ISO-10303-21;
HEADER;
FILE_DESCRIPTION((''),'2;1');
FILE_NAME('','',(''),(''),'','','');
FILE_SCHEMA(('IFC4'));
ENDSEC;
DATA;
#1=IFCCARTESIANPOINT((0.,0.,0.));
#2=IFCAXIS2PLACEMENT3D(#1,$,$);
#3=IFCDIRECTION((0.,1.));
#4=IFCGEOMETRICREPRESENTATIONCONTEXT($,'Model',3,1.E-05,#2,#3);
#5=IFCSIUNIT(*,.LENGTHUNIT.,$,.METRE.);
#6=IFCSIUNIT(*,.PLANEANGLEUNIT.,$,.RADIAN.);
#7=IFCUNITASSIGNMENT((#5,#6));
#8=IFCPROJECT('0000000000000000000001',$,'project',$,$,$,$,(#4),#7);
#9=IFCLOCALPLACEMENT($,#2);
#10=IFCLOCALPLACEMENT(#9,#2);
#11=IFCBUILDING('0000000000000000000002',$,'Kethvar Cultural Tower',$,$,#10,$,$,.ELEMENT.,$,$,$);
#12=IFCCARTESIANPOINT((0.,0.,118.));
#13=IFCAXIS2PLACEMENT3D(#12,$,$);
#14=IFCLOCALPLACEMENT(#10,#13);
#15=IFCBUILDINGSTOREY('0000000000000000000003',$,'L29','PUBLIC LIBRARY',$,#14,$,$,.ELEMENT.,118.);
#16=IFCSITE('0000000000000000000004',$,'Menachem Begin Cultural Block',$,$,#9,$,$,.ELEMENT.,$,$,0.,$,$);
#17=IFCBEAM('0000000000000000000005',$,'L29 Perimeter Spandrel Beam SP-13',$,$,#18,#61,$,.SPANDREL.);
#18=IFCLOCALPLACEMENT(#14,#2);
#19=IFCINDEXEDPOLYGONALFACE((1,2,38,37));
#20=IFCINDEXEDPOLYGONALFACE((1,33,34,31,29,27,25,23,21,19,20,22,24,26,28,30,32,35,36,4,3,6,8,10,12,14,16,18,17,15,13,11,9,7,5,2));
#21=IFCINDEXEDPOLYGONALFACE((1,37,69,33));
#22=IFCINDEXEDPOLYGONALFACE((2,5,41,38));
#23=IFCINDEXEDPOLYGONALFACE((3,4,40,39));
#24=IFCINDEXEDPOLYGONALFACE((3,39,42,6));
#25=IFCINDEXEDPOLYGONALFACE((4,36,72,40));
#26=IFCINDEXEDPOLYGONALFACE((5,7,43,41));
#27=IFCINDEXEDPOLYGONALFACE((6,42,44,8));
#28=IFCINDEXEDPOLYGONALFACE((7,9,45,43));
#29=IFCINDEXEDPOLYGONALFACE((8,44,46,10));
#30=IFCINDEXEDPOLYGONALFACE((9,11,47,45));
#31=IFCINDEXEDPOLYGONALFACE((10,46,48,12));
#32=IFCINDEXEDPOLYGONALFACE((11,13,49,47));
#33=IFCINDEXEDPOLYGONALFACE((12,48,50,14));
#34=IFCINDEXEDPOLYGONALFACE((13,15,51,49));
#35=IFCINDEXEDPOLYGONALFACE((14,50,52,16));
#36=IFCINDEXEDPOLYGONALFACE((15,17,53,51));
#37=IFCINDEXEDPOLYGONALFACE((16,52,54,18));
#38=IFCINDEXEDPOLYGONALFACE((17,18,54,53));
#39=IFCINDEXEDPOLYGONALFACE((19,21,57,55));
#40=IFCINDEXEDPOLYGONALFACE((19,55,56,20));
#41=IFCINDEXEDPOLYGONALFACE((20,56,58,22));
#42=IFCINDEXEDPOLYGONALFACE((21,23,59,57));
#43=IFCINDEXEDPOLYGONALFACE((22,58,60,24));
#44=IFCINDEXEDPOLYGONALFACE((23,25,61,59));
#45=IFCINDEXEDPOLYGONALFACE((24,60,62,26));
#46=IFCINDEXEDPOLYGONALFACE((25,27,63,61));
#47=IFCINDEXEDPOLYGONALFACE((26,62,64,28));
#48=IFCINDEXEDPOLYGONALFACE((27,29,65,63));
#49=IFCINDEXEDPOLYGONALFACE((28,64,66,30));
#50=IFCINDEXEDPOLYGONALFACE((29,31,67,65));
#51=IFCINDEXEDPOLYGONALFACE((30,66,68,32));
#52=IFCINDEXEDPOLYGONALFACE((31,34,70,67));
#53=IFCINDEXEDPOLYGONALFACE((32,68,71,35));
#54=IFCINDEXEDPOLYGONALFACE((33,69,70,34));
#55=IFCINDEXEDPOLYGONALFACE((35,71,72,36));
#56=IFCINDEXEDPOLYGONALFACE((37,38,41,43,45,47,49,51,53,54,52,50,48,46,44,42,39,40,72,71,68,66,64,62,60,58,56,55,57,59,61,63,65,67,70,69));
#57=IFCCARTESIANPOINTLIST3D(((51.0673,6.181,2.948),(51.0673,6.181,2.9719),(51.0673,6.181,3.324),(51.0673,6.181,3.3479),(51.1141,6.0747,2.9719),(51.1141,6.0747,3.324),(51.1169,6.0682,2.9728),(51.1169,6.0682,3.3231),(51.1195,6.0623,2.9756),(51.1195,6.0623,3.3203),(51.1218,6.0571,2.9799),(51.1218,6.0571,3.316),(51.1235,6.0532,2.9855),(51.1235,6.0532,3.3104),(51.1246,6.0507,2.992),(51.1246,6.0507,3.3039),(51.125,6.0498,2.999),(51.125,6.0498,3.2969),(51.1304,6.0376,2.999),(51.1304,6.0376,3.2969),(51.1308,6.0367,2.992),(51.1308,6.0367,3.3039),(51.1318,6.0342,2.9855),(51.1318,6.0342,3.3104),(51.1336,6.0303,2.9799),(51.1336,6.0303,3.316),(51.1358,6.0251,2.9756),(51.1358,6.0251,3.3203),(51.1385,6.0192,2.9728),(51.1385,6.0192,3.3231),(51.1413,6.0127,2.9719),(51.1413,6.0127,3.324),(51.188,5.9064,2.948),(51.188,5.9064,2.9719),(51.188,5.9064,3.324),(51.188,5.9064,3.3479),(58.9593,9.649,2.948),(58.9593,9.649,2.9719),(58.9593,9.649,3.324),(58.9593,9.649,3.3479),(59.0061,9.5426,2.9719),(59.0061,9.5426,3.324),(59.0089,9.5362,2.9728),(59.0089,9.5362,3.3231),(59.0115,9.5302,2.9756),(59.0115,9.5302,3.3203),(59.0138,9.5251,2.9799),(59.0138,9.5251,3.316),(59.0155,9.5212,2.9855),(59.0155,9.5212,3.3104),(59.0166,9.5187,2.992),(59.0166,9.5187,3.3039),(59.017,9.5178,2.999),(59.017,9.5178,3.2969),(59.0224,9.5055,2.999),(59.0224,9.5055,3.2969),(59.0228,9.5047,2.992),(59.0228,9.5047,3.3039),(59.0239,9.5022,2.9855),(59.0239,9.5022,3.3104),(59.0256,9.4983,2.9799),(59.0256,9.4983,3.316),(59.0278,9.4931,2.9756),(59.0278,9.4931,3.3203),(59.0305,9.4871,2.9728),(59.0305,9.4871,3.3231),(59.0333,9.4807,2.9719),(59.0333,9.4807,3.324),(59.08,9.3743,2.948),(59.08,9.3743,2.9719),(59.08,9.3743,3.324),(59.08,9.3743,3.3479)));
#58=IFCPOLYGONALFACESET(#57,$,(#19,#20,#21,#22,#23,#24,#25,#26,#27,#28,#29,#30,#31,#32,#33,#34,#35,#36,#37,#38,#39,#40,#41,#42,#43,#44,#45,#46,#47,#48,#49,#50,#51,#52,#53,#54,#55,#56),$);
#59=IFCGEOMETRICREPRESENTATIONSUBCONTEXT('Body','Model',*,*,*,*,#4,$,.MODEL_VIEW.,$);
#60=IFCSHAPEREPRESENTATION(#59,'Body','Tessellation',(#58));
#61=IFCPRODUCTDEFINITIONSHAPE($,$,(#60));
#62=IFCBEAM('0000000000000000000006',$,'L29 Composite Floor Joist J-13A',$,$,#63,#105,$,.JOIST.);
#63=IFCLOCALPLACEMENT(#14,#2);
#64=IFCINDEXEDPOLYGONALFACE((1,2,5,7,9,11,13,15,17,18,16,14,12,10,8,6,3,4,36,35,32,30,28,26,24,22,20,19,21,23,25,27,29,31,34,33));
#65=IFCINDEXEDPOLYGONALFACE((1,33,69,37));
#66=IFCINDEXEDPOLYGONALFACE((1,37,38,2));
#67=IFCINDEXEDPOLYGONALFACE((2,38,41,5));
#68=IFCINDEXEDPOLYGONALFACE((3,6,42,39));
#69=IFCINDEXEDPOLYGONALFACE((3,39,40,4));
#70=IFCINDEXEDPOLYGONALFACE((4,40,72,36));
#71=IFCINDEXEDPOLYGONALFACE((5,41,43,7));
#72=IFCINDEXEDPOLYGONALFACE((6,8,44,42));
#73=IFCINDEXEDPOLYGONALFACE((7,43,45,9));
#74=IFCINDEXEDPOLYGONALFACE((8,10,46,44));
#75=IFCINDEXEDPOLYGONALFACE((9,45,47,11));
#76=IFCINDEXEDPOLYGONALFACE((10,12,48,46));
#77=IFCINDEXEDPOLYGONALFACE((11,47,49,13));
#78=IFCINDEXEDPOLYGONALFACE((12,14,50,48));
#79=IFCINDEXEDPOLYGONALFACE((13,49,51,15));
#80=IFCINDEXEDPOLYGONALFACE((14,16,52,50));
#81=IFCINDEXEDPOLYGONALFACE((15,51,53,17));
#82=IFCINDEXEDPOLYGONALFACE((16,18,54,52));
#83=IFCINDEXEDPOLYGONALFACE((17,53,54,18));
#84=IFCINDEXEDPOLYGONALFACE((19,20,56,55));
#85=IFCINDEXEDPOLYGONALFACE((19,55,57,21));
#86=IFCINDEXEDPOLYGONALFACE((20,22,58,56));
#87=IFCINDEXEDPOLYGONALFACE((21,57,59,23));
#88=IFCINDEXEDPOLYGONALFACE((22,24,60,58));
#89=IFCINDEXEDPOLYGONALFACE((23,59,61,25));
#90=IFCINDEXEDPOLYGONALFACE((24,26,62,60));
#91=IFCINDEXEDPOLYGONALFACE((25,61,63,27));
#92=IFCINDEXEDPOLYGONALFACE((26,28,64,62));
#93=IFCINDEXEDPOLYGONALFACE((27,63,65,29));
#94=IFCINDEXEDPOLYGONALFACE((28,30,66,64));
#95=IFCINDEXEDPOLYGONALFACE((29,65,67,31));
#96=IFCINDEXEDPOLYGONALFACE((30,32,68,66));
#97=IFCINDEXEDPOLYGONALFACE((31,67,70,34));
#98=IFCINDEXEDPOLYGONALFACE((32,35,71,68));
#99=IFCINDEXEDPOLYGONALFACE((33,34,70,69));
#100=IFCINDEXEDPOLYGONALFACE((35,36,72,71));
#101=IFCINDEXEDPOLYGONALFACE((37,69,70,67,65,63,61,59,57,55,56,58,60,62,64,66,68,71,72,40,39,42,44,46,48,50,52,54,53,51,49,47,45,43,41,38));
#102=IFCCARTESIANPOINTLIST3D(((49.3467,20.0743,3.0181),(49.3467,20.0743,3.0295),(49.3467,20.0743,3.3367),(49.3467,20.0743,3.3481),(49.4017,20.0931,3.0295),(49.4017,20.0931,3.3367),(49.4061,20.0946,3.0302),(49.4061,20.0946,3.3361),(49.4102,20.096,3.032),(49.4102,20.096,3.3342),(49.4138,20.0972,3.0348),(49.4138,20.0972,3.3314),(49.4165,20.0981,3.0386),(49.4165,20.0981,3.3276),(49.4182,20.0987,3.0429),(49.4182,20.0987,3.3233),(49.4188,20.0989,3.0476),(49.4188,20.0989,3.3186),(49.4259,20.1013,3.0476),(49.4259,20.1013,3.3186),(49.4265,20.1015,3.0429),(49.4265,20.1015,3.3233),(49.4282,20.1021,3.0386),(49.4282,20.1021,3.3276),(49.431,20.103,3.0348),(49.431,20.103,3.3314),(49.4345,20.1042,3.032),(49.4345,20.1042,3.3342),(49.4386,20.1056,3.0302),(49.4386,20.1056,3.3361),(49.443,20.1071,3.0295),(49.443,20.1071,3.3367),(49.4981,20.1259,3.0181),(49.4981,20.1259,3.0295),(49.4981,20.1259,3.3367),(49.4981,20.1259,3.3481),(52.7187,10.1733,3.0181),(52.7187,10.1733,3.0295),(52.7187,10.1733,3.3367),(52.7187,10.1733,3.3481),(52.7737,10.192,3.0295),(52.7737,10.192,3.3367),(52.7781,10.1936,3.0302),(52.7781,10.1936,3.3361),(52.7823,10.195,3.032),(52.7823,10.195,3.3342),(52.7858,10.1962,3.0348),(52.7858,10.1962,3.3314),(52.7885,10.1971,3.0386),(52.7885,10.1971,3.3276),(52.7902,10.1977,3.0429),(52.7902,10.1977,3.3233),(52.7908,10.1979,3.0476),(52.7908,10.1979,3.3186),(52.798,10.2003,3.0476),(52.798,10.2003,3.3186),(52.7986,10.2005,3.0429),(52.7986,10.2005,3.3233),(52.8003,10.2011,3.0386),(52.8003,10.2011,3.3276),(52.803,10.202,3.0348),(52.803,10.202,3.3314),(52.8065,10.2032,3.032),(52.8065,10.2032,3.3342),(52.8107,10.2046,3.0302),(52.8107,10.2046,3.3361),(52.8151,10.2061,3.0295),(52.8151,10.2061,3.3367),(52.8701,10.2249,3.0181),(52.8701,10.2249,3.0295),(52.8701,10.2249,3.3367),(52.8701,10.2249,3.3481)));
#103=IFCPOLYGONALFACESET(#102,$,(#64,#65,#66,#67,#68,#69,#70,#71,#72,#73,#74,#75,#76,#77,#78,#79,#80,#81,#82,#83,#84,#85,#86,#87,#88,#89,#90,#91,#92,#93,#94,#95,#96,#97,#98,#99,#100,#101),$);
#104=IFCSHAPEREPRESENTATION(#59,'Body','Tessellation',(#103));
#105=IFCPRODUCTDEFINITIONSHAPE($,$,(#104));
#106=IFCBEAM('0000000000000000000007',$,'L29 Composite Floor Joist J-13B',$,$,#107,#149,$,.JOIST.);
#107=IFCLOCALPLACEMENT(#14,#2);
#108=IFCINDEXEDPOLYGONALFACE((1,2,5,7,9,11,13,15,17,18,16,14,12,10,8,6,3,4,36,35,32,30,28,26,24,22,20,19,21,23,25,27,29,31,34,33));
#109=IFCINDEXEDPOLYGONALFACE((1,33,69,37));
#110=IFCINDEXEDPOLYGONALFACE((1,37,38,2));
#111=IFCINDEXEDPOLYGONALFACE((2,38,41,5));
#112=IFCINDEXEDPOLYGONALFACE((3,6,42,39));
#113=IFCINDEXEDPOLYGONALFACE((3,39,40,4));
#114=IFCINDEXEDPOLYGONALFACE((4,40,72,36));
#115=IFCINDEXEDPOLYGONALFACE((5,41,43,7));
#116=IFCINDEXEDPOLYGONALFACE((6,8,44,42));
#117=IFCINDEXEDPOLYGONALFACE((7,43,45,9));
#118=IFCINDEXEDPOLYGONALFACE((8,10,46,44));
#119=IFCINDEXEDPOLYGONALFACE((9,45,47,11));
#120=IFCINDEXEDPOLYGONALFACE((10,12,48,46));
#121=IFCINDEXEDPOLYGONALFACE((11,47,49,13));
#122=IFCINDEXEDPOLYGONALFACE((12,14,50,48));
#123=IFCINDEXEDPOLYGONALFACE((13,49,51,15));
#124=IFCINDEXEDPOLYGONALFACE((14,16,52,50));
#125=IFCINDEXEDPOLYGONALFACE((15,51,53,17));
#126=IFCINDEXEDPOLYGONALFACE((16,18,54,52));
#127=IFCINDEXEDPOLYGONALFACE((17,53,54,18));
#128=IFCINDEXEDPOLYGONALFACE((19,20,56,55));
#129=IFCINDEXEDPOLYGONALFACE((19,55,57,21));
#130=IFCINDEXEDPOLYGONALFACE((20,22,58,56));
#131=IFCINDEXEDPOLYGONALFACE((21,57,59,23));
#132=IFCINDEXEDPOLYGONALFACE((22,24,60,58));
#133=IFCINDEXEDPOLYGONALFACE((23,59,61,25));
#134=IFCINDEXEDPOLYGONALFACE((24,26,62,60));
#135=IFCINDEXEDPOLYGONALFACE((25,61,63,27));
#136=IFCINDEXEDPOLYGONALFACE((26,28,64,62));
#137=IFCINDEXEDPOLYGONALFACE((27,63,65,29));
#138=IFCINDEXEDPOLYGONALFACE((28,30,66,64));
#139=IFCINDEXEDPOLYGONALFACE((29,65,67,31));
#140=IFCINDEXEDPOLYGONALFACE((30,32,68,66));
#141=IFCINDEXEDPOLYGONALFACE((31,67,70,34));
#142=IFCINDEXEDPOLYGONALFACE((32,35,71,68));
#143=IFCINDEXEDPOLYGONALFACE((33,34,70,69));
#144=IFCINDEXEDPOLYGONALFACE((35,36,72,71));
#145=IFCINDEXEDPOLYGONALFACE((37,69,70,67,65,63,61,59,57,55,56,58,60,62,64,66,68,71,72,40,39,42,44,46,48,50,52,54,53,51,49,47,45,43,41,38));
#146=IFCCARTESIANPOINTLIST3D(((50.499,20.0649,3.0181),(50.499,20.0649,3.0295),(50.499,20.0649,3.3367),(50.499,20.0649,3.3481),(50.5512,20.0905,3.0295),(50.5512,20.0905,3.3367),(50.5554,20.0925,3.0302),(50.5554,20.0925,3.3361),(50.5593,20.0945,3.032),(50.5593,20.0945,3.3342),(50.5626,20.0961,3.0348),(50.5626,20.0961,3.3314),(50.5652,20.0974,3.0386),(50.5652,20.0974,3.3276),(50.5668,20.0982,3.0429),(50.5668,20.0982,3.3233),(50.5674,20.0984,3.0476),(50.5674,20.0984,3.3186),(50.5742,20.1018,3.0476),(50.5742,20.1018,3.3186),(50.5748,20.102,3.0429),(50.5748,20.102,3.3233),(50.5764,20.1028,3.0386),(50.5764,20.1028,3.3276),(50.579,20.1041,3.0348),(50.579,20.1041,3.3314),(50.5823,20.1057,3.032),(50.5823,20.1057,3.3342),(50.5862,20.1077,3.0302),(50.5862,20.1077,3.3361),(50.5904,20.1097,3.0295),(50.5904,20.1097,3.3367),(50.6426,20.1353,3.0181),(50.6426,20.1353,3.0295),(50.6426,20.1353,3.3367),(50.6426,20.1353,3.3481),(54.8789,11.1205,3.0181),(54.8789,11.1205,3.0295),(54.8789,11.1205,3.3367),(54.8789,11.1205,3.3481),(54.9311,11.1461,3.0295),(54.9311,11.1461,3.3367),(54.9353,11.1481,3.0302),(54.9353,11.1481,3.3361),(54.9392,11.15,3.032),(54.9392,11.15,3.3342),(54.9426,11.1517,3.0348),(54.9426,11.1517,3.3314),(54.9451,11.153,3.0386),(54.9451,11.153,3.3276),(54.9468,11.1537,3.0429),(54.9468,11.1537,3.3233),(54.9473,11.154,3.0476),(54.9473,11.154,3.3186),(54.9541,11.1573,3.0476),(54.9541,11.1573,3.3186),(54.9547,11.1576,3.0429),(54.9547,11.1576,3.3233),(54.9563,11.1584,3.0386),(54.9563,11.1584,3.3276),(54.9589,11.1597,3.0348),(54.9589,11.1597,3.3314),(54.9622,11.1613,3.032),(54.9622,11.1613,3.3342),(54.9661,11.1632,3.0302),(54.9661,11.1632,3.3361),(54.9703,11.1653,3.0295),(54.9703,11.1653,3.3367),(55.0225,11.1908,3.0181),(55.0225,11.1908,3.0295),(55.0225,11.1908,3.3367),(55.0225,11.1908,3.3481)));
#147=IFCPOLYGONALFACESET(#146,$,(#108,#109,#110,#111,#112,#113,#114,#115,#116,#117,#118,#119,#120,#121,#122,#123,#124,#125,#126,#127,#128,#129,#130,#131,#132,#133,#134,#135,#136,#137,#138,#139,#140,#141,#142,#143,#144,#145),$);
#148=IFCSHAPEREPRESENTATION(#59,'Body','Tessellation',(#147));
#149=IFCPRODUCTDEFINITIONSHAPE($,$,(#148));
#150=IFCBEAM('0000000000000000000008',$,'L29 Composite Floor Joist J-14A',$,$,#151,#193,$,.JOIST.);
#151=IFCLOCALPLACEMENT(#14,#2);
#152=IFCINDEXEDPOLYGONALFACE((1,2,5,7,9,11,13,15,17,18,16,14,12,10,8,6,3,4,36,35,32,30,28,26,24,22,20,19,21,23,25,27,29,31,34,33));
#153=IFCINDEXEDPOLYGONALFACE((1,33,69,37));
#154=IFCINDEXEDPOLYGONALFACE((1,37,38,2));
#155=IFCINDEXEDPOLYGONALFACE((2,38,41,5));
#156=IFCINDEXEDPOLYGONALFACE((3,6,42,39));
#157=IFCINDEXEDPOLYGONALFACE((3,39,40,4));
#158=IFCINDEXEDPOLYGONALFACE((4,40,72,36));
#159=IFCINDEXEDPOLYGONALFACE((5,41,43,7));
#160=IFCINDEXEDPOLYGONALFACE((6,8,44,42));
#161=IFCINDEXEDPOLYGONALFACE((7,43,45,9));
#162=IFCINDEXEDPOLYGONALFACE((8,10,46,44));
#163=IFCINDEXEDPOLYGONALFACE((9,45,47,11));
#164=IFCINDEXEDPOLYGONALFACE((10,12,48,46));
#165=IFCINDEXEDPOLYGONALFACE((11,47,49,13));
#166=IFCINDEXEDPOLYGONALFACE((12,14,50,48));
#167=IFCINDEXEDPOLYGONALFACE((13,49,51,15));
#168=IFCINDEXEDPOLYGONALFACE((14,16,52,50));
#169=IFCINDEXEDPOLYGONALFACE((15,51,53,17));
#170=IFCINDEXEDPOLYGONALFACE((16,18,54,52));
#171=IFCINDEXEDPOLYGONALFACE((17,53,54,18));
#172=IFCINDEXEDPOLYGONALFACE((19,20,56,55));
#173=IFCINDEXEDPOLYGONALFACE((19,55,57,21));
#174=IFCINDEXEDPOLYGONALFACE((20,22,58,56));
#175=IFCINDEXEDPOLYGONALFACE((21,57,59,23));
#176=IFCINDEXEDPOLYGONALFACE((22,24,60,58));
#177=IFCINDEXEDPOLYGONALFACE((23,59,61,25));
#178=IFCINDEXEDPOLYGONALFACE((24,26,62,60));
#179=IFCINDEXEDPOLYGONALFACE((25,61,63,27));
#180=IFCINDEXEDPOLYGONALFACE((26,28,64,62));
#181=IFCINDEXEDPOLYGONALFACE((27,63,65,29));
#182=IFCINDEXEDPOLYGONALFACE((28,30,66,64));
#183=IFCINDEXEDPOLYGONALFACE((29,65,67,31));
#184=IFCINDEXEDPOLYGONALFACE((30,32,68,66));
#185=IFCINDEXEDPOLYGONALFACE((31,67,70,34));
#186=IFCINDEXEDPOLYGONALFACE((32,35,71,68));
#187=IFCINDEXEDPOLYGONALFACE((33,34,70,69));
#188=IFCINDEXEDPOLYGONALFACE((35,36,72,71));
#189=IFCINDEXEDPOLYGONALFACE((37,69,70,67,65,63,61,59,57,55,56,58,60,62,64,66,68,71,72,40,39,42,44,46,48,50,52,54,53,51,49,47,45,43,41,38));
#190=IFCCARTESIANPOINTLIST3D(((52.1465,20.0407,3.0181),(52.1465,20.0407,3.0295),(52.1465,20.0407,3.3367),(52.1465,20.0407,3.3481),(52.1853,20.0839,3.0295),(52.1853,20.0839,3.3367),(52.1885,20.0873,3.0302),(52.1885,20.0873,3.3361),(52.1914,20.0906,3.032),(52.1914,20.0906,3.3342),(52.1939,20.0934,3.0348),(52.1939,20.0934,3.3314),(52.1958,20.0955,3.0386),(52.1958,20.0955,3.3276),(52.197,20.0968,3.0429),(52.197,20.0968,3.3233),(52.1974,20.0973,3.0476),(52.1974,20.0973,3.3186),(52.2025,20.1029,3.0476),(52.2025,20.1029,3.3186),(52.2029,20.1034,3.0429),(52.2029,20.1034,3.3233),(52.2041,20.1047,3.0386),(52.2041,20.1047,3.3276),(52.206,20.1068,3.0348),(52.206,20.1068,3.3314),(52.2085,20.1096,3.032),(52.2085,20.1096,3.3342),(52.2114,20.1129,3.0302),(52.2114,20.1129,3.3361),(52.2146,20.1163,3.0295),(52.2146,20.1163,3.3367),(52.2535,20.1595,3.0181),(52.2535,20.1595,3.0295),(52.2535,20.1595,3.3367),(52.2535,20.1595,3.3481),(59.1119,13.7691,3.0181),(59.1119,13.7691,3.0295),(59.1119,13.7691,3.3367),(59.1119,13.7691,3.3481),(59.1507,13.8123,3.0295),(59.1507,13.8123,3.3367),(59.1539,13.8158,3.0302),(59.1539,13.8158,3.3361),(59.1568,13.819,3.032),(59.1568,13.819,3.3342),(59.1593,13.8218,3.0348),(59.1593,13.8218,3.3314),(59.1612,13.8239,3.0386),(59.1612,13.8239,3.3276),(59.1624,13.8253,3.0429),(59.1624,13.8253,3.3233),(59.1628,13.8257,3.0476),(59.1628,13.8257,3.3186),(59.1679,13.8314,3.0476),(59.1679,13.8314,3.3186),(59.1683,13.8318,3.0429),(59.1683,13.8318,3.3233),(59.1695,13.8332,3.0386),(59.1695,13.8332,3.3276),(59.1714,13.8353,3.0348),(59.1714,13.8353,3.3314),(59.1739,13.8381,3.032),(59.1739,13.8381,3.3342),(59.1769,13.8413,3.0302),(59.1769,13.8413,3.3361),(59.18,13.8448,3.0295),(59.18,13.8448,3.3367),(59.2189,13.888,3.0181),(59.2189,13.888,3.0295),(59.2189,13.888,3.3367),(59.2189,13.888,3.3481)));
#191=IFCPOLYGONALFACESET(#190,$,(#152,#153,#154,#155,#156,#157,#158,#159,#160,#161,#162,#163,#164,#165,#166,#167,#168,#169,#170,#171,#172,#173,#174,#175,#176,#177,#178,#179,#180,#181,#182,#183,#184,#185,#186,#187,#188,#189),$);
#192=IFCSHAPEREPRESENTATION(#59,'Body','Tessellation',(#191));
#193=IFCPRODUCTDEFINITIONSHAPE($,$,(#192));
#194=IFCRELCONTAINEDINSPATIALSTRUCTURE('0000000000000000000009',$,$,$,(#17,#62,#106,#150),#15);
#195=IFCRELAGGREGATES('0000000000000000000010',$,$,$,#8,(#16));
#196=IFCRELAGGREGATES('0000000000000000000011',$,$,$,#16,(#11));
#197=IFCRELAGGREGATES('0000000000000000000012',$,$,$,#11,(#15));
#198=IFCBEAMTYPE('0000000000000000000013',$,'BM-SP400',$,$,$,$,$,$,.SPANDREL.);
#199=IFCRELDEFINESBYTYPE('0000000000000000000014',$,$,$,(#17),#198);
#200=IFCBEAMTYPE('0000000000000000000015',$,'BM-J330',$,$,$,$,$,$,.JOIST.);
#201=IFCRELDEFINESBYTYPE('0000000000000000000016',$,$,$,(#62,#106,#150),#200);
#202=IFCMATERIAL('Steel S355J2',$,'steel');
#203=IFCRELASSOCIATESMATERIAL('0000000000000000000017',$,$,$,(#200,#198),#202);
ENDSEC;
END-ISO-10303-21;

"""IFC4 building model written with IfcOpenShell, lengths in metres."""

from ifc_helpers import new_model, si_unit, direction, frame, origin, origin_2d, place, context, subcontext, project, spatial, i_section, extrude, source, transform, mapped, material, material_profile, profile_set, type_object, element, save


model = new_model("IFC4")

# Units and contexts
model_context = context("Model", 3, precision=1e-05, world=origin(), true_north=direction((0.0, 1.0)))
body_context = subcontext(model_context, "Body", "Model", "MODEL_VIEW")
ifc_project = project(units=[si_unit("LENGTHUNIT", "METRE"), si_unit("PLANEANGLEUNIT", "RADIAN")], contexts=[model_context])

# Site, building, storey
site_placement = place(None, origin())
site = spatial("IfcSite", under=ifc_project, at=site_placement, Name="Menachem Begin Cultural Block", CompositionType="ELEMENT", RefElevation=0.0)
building_placement = place(site_placement, origin())
building = spatial("IfcBuilding", under=site, at=building_placement, Name="Kethvar Cultural Tower", CompositionType="ELEMENT")
storey_placement = place(building_placement, frame((0.0, 0.0, 118.0)))
storey = spatial("IfcBuildingStorey", under=building, at=storey_placement, Name="L29", Description="PUBLIC LIBRARY", CompositionType="ELEMENT", Elevation=118.0)

# Beams
ifc_material_1 = material(Name="Steel S355J2", Category="steel")
ifc_material_profile_1 = material_profile(ifc_material_1, i_section(OverallWidth=0.1599, OverallDepth=0.3301, WebThickness=0.0076, FlangeThickness=0.0115, FilletRadius=0.0181, at=origin_2d()), Name="Steel S355J2 — IPE330")
ifc_profile_set_1 = profile_set([ifc_material_profile_1], Name="Steel S355J2 — IPE330")
beam_type_1 = type_object("IfcBeamType", Name="BM-J330", PredefinedType="JOIST", material=ifc_profile_set_1)
ifc_material_profile_2 = material_profile(ifc_material_1, i_section(OverallWidth=0.3, OverallDepth=0.3999, WebThickness=0.0134, FlangeThickness=0.0239, FilletRadius=0.0271, at=origin_2d()), Name="Steel S355J2 — HEB400")
ifc_profile_set_2 = profile_set([ifc_material_profile_2], Name="Steel S355J2 — HEB400")
beam_type_2 = type_object("IfcBeamType", Name="BM-SP400", PredefinedType="SPANDREL", material=ifc_profile_set_2)
shared_shape_1 = source(origin(), body_context, "Body", "SweptSolid", [
    extrude(i_section(OverallWidth=0.3, OverallDepth=0.3999, WebThickness=0.0134, FlangeThickness=0.0239, FilletRadius=0.0271, at=origin_2d()), origin(), (0.0, 0.0, 1.0), 8.6204),
])
beam_1_placement = place(storey_placement, frame((51.1277, 6.0437, 3.1479), z_axis=(0.915507, 0.402301, 0.0), x_axis=(-0.402301, 0.915507, 0.0)))
element("IfcBeam", 1, at=beam_1_placement, inside=storey, type_object=beam_type_2, Name="L29 Perimeter Spandrel Beam SP-13", PredefinedType="SPANDREL", context=body_context, shape_type="MappedRepresentation", body=[
    mapped(shared_shape_1, transform((0.0, 0.0, 0.0), scale=1.0)),
])
shared_shape_2 = source(origin(), body_context, "Body", "SweptSolid", [
    extrude(i_section(OverallWidth=0.1599, OverallDepth=0.3301, WebThickness=0.0076, FlangeThickness=0.0115, FilletRadius=0.0181, at=origin_2d()), origin(), (0.0, 0.0, 1.0), 10.4595),
])
beam_2_placement = place(storey_placement, frame((49.4224, 20.1001, 3.1831), z_axis=(0.32239, -0.946607, 0.0), x_axis=(0.946607, 0.32239, 0.0)))
element("IfcBeam", 2, at=beam_2_placement, inside=storey, type_object=beam_type_1, Name="L29 Composite Floor Joist J-13A", PredefinedType="JOIST", context=body_context, shape_type="MappedRepresentation", body=[
    mapped(shared_shape_2, transform((0.0, 0.0, 0.0), scale=1.0)),
])
shared_shape_3 = source(origin(), body_context, "Body", "SweptSolid", [
    extrude(i_section(OverallWidth=0.1599, OverallDepth=0.3301, WebThickness=0.0076, FlangeThickness=0.0115, FilletRadius=0.0181, at=origin_2d()), origin(), (0.0, 0.0, 1.0), 9.9592),
])
beam_3_placement = place(storey_placement, frame((50.5708, 20.1001, 3.1831), z_axis=(0.439785, -0.898103, 0.0), x_axis=(0.898103, 0.439785, 0.0)))
element("IfcBeam", 3, at=beam_3_placement, inside=storey, type_object=beam_type_1, Name="L29 Composite Floor Joist J-13B", PredefinedType="JOIST", context=body_context, shape_type="MappedRepresentation", body=[
    mapped(shared_shape_3, transform((0.0, 0.0, 0.0), scale=1.0)),
])
shared_shape_4 = source(origin(), body_context, "Body", "SweptSolid", [
    extrude(i_section(OverallWidth=0.1599, OverallDepth=0.3301, WebThickness=0.0076, FlangeThickness=0.0115, FilletRadius=0.0181, at=origin_2d()), origin(), (0.0, 0.0, 1.0), 9.3728),
])
beam_4_placement = place(storey_placement, frame((52.2, 20.1001, 3.1831), z_axis=(0.743152, -0.669123, 0.0), x_axis=(0.669123, 0.743152, 0.0)))
element("IfcBeam", 4, at=beam_4_placement, inside=storey, type_object=beam_type_1, Name="L29 Composite Floor Joist J-14A", PredefinedType="JOIST", context=body_context, shape_type="MappedRepresentation", body=[
    mapped(shared_shape_4, transform((0.0, 0.0, 0.0), scale=1.0)),
])

save(model, "model.ifc")
